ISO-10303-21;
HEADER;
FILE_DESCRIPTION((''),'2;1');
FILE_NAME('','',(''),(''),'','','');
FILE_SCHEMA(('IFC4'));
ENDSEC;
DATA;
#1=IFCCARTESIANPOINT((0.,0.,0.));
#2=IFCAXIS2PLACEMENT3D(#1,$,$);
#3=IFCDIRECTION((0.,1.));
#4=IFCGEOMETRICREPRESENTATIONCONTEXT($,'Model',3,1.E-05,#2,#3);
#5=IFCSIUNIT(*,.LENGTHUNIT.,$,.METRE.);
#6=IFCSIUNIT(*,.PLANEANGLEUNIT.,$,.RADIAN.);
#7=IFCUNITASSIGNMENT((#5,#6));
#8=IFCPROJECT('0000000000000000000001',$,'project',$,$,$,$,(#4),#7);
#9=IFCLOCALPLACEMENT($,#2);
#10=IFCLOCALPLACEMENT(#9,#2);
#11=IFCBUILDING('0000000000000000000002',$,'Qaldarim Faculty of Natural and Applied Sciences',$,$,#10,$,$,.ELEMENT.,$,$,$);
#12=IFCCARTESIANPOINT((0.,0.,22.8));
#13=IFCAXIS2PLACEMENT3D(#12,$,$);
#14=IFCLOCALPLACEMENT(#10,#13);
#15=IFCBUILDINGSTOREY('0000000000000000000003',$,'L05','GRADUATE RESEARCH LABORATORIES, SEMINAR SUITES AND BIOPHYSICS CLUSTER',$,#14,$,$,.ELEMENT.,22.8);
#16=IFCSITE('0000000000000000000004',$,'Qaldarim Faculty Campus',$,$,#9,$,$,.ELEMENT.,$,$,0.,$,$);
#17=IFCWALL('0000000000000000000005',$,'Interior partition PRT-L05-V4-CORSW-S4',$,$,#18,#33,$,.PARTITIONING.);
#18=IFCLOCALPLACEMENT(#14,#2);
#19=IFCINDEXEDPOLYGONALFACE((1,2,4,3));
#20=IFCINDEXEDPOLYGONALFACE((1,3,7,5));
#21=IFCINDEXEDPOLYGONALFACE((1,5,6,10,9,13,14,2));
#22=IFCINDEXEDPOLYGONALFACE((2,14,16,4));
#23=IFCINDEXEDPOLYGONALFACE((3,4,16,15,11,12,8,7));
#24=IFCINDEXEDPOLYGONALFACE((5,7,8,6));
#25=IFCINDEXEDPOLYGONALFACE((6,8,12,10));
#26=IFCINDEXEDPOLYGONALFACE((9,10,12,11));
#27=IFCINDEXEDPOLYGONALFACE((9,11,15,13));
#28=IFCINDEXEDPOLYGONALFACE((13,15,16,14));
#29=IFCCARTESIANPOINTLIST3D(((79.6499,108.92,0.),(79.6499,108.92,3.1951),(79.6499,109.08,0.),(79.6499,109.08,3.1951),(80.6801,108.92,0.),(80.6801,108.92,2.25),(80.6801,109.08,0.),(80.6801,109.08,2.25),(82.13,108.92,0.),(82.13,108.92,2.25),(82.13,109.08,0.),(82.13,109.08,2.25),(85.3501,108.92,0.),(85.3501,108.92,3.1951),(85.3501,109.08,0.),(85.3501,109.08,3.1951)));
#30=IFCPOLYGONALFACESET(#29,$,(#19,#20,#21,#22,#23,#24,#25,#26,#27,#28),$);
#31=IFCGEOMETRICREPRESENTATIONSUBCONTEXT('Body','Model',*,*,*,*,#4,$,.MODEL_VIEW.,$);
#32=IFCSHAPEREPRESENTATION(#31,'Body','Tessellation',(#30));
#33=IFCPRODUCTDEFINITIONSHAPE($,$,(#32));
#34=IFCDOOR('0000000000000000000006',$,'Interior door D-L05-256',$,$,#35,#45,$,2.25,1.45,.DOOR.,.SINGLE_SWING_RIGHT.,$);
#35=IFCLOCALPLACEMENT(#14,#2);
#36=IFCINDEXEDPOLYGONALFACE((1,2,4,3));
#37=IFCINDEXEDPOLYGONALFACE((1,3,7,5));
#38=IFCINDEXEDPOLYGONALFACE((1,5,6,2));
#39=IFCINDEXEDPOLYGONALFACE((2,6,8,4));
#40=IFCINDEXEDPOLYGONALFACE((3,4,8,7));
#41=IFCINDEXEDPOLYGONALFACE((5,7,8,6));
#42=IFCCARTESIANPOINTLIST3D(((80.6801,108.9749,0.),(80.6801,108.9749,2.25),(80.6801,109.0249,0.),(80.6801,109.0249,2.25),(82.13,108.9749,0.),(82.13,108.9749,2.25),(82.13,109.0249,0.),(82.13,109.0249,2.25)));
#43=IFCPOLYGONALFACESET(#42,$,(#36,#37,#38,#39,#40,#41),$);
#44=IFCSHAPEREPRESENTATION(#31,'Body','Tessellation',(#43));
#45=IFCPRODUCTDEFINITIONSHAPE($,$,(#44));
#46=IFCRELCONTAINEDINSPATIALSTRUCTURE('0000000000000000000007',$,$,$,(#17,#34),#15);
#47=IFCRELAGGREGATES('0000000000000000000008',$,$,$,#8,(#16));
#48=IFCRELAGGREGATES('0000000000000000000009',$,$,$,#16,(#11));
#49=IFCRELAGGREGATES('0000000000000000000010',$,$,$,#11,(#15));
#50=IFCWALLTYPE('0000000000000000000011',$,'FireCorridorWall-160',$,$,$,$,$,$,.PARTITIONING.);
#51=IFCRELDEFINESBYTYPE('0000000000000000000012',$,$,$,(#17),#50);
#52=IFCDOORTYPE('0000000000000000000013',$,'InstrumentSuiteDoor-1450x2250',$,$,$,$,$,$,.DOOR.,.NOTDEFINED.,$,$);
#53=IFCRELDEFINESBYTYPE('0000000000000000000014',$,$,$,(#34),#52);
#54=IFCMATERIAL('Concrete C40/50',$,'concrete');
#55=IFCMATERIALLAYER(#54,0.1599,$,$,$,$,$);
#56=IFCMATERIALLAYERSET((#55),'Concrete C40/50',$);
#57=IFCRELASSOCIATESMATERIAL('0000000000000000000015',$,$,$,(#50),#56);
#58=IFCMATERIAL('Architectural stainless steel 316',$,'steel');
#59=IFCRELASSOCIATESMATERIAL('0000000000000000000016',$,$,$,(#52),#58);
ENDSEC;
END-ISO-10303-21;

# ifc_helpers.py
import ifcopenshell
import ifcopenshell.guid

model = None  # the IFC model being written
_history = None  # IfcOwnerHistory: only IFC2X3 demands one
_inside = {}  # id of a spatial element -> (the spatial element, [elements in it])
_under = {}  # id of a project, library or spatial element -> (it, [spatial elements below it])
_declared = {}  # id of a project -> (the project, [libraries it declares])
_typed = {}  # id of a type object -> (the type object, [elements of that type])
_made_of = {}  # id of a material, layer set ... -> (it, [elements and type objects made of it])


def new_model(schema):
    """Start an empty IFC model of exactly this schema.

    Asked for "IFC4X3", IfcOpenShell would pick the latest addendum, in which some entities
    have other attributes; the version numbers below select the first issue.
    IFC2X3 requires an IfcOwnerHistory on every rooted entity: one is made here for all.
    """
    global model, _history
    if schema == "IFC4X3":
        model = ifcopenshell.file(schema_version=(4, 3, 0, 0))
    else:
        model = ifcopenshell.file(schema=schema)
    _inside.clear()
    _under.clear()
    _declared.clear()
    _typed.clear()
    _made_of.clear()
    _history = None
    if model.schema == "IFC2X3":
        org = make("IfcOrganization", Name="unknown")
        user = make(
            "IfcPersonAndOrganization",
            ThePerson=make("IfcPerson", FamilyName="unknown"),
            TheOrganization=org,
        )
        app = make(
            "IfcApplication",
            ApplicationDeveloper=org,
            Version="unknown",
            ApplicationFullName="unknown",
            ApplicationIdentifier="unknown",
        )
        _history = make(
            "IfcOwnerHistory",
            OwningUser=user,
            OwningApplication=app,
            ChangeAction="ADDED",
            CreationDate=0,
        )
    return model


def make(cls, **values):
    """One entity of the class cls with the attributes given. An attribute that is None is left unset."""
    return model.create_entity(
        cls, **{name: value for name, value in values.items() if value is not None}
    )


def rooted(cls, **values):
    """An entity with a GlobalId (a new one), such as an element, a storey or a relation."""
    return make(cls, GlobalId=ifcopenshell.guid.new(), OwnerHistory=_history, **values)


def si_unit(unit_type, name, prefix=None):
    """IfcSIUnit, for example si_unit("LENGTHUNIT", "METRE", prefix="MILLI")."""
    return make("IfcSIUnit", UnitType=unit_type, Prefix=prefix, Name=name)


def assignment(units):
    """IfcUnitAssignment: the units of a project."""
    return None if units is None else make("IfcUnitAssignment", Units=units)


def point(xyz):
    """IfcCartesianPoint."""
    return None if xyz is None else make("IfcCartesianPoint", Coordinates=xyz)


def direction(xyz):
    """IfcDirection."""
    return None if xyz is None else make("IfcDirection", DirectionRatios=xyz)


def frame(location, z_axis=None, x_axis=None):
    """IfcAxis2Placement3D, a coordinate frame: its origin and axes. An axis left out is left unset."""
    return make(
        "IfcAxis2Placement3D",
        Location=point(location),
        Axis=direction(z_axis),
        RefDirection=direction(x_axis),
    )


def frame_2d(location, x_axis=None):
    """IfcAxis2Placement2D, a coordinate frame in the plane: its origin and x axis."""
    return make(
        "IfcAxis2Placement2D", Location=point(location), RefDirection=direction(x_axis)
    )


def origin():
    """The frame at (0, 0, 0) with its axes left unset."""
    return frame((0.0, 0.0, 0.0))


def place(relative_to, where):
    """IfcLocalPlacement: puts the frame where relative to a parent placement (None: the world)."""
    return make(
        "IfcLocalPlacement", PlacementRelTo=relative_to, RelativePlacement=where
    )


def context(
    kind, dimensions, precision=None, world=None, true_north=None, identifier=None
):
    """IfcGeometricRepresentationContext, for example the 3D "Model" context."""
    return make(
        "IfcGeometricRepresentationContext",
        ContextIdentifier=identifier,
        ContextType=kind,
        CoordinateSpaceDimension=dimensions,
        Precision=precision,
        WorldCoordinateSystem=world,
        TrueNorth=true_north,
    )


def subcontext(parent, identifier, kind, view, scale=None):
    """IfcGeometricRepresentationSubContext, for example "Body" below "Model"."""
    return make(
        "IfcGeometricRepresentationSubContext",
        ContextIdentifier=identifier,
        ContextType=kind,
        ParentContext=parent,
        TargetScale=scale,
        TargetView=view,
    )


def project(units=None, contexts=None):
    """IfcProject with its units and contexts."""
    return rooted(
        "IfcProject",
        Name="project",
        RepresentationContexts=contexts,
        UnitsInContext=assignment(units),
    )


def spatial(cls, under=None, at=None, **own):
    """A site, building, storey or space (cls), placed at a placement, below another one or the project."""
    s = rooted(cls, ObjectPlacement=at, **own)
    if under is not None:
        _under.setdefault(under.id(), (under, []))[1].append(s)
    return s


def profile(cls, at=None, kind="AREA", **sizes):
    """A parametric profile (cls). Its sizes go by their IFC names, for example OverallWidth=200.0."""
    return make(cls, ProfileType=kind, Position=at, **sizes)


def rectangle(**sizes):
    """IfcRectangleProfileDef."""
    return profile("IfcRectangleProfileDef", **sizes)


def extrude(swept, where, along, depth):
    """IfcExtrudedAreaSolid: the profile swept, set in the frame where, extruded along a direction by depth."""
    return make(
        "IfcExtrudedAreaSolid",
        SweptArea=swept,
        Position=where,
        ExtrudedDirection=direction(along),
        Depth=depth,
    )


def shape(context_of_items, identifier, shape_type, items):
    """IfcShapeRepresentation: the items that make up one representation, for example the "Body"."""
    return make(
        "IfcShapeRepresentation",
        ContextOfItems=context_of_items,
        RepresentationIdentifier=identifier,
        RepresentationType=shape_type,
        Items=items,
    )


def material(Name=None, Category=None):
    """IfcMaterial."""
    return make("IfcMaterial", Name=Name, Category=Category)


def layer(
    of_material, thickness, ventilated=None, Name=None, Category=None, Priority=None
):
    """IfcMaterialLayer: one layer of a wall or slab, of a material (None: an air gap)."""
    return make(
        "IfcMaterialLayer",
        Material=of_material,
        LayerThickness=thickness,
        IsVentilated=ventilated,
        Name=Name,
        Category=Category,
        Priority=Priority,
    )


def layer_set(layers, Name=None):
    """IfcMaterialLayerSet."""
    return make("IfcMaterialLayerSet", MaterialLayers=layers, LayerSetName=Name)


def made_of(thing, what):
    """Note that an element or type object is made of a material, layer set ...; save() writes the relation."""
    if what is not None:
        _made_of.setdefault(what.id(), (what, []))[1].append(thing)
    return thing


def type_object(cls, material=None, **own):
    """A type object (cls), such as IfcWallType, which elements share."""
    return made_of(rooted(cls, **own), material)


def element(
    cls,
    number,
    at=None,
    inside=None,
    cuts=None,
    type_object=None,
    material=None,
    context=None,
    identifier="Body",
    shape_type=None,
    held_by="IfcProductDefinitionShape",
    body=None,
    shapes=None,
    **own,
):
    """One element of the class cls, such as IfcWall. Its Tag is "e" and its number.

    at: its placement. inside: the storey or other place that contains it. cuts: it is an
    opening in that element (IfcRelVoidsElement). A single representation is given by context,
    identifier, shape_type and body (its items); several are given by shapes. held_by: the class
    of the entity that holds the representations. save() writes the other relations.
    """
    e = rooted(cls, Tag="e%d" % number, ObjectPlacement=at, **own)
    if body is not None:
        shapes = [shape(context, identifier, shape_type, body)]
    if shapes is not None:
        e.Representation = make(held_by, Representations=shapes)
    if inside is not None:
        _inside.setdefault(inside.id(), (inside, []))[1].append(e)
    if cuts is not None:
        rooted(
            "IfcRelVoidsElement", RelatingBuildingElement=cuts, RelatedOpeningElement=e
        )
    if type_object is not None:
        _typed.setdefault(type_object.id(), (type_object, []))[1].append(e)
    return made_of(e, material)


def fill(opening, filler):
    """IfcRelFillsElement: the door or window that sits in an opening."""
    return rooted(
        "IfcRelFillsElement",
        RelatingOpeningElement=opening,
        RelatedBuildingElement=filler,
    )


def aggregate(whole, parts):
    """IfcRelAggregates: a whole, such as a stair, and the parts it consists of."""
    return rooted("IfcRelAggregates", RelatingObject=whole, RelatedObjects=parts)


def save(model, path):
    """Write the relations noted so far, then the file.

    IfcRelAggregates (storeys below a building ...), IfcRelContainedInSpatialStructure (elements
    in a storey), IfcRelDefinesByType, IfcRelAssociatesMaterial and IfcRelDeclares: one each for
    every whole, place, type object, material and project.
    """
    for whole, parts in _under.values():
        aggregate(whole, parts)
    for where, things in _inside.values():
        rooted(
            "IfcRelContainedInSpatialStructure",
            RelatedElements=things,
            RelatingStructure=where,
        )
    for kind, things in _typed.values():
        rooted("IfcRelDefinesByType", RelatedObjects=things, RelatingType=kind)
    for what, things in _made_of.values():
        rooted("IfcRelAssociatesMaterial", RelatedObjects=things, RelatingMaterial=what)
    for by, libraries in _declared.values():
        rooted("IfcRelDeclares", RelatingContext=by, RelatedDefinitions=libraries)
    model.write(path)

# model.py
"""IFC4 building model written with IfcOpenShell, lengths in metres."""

from ifc_helpers import new_model, si_unit, direction, frame, frame_2d, origin, place, context, subcontext, project, spatial, rectangle, extrude, material, layer, layer_set, type_object, element, fill, save


model = new_model("IFC4")

# Units and contexts
model_context = context("Model", 3, precision=1e-05, world=origin(), true_north=direction((0.0, 1.0)))
body_context = subcontext(model_context, "Body", "Model", "MODEL_VIEW")
ifc_project = project(units=[si_unit("LENGTHUNIT", "METRE"), si_unit("PLANEANGLEUNIT", "RADIAN")], contexts=[model_context])

# Site, building, storey
site_placement = place(None, origin())
site = spatial("IfcSite", under=ifc_project, at=site_placement, Name="Qaldarim Faculty Campus", CompositionType="ELEMENT", RefElevation=0.0)
building_placement = place(site_placement, origin())
building = spatial("IfcBuilding", under=site, at=building_placement, Name="Qaldarim Faculty of Natural and Applied Sciences", CompositionType="ELEMENT")
storey_placement = place(building_placement, frame((0.0, 0.0, 22.8)))
storey = spatial("IfcBuildingStorey", under=building, at=storey_placement, Name="L05", Description="GRADUATE RESEARCH LABORATORIES, SEMINAR SUITES AND BIOPHYSICS CLUSTER", CompositionType="ELEMENT", Elevation=22.8)

# Shared definitions
ifc_material_1 = material(Name="Concrete C40/50", Category="concrete")

# Shared definitions
ifc_layer_1 = layer(ifc_material_1, 0.1599)
ifc_layer_set_1 = layer_set([ifc_layer_1], Name="Concrete C40/50")
wall_type_1 = type_object("IfcWallType", Name="FireCorridorWall-160", PredefinedType="PARTITIONING", material=ifc_layer_set_1)

# Wall, opening, door
wall_1_placement = place(storey_placement, frame((79.6499, 109.0, 0.0), z_axis=(0.0, 0.0, 1.0), x_axis=(1.0, 0.0, 0.0)))
wall_1 = element("IfcWall", 1, at=wall_1_placement, inside=storey, type_object=wall_type_1, Name="Interior partition PRT-L05-V4-CORSW-S4", PredefinedType="PARTITIONING", context=body_context, shape_type="SweptSolid", body=[
    extrude(rectangle(XDim=5.7002, YDim=0.1599, at=frame_2d((2.8501, 0.0))), origin(), (0.0, 0.0, 1.0), 3.1951),
])
opening_1_placement = place(wall_1_placement, frame((1.03, 0.0, 0.0)))
opening_1 = element("IfcOpeningElement", 2, at=opening_1_placement, cuts=wall_1, PredefinedType="OPENING", context=body_context, shape_type="SweptSolid", body=[
    extrude(rectangle(XDim=1.45, YDim=2.25, at=frame_2d((0.7251, 1.125))), frame((0.0, 0.0898, 0.0), z_axis=(0.0, -1.0, 0.0), x_axis=(1.0, 0.0, 0.0)), (0.0, 0.0, 1.0), 0.1799),
])
ifc_material_2 = material(Name="Architectural stainless steel 316", Category="steel")
door_type_1 = type_object("IfcDoorType", Name="InstrumentSuiteDoor-1450x2250", OperationType="NOTDEFINED", PredefinedType="DOOR", material=ifc_material_2)
door_1_placement = place(opening_1_placement, origin())
door_1 = element("IfcDoor", 3, at=door_1_placement, inside=storey, type_object=door_type_1, Name="Interior door D-L05-256", OperationType="SINGLE_SWING_RIGHT", OverallHeight=2.25, OverallWidth=1.45, PredefinedType="DOOR", context=body_context, shape_type="SweptSolid", body=[
    extrude(rectangle(XDim=1.45, YDim=2.25, at=frame_2d((0.7251, 1.125))), frame((0.0, 0.0249, 0.0), z_axis=(0.0, -1.0, 0.0), x_axis=(1.0, 0.0, 0.0)), (0.0, 0.0, 1.0), 0.05),
])
fill(opening_1, door_1)

save(model, "model.ifc")
